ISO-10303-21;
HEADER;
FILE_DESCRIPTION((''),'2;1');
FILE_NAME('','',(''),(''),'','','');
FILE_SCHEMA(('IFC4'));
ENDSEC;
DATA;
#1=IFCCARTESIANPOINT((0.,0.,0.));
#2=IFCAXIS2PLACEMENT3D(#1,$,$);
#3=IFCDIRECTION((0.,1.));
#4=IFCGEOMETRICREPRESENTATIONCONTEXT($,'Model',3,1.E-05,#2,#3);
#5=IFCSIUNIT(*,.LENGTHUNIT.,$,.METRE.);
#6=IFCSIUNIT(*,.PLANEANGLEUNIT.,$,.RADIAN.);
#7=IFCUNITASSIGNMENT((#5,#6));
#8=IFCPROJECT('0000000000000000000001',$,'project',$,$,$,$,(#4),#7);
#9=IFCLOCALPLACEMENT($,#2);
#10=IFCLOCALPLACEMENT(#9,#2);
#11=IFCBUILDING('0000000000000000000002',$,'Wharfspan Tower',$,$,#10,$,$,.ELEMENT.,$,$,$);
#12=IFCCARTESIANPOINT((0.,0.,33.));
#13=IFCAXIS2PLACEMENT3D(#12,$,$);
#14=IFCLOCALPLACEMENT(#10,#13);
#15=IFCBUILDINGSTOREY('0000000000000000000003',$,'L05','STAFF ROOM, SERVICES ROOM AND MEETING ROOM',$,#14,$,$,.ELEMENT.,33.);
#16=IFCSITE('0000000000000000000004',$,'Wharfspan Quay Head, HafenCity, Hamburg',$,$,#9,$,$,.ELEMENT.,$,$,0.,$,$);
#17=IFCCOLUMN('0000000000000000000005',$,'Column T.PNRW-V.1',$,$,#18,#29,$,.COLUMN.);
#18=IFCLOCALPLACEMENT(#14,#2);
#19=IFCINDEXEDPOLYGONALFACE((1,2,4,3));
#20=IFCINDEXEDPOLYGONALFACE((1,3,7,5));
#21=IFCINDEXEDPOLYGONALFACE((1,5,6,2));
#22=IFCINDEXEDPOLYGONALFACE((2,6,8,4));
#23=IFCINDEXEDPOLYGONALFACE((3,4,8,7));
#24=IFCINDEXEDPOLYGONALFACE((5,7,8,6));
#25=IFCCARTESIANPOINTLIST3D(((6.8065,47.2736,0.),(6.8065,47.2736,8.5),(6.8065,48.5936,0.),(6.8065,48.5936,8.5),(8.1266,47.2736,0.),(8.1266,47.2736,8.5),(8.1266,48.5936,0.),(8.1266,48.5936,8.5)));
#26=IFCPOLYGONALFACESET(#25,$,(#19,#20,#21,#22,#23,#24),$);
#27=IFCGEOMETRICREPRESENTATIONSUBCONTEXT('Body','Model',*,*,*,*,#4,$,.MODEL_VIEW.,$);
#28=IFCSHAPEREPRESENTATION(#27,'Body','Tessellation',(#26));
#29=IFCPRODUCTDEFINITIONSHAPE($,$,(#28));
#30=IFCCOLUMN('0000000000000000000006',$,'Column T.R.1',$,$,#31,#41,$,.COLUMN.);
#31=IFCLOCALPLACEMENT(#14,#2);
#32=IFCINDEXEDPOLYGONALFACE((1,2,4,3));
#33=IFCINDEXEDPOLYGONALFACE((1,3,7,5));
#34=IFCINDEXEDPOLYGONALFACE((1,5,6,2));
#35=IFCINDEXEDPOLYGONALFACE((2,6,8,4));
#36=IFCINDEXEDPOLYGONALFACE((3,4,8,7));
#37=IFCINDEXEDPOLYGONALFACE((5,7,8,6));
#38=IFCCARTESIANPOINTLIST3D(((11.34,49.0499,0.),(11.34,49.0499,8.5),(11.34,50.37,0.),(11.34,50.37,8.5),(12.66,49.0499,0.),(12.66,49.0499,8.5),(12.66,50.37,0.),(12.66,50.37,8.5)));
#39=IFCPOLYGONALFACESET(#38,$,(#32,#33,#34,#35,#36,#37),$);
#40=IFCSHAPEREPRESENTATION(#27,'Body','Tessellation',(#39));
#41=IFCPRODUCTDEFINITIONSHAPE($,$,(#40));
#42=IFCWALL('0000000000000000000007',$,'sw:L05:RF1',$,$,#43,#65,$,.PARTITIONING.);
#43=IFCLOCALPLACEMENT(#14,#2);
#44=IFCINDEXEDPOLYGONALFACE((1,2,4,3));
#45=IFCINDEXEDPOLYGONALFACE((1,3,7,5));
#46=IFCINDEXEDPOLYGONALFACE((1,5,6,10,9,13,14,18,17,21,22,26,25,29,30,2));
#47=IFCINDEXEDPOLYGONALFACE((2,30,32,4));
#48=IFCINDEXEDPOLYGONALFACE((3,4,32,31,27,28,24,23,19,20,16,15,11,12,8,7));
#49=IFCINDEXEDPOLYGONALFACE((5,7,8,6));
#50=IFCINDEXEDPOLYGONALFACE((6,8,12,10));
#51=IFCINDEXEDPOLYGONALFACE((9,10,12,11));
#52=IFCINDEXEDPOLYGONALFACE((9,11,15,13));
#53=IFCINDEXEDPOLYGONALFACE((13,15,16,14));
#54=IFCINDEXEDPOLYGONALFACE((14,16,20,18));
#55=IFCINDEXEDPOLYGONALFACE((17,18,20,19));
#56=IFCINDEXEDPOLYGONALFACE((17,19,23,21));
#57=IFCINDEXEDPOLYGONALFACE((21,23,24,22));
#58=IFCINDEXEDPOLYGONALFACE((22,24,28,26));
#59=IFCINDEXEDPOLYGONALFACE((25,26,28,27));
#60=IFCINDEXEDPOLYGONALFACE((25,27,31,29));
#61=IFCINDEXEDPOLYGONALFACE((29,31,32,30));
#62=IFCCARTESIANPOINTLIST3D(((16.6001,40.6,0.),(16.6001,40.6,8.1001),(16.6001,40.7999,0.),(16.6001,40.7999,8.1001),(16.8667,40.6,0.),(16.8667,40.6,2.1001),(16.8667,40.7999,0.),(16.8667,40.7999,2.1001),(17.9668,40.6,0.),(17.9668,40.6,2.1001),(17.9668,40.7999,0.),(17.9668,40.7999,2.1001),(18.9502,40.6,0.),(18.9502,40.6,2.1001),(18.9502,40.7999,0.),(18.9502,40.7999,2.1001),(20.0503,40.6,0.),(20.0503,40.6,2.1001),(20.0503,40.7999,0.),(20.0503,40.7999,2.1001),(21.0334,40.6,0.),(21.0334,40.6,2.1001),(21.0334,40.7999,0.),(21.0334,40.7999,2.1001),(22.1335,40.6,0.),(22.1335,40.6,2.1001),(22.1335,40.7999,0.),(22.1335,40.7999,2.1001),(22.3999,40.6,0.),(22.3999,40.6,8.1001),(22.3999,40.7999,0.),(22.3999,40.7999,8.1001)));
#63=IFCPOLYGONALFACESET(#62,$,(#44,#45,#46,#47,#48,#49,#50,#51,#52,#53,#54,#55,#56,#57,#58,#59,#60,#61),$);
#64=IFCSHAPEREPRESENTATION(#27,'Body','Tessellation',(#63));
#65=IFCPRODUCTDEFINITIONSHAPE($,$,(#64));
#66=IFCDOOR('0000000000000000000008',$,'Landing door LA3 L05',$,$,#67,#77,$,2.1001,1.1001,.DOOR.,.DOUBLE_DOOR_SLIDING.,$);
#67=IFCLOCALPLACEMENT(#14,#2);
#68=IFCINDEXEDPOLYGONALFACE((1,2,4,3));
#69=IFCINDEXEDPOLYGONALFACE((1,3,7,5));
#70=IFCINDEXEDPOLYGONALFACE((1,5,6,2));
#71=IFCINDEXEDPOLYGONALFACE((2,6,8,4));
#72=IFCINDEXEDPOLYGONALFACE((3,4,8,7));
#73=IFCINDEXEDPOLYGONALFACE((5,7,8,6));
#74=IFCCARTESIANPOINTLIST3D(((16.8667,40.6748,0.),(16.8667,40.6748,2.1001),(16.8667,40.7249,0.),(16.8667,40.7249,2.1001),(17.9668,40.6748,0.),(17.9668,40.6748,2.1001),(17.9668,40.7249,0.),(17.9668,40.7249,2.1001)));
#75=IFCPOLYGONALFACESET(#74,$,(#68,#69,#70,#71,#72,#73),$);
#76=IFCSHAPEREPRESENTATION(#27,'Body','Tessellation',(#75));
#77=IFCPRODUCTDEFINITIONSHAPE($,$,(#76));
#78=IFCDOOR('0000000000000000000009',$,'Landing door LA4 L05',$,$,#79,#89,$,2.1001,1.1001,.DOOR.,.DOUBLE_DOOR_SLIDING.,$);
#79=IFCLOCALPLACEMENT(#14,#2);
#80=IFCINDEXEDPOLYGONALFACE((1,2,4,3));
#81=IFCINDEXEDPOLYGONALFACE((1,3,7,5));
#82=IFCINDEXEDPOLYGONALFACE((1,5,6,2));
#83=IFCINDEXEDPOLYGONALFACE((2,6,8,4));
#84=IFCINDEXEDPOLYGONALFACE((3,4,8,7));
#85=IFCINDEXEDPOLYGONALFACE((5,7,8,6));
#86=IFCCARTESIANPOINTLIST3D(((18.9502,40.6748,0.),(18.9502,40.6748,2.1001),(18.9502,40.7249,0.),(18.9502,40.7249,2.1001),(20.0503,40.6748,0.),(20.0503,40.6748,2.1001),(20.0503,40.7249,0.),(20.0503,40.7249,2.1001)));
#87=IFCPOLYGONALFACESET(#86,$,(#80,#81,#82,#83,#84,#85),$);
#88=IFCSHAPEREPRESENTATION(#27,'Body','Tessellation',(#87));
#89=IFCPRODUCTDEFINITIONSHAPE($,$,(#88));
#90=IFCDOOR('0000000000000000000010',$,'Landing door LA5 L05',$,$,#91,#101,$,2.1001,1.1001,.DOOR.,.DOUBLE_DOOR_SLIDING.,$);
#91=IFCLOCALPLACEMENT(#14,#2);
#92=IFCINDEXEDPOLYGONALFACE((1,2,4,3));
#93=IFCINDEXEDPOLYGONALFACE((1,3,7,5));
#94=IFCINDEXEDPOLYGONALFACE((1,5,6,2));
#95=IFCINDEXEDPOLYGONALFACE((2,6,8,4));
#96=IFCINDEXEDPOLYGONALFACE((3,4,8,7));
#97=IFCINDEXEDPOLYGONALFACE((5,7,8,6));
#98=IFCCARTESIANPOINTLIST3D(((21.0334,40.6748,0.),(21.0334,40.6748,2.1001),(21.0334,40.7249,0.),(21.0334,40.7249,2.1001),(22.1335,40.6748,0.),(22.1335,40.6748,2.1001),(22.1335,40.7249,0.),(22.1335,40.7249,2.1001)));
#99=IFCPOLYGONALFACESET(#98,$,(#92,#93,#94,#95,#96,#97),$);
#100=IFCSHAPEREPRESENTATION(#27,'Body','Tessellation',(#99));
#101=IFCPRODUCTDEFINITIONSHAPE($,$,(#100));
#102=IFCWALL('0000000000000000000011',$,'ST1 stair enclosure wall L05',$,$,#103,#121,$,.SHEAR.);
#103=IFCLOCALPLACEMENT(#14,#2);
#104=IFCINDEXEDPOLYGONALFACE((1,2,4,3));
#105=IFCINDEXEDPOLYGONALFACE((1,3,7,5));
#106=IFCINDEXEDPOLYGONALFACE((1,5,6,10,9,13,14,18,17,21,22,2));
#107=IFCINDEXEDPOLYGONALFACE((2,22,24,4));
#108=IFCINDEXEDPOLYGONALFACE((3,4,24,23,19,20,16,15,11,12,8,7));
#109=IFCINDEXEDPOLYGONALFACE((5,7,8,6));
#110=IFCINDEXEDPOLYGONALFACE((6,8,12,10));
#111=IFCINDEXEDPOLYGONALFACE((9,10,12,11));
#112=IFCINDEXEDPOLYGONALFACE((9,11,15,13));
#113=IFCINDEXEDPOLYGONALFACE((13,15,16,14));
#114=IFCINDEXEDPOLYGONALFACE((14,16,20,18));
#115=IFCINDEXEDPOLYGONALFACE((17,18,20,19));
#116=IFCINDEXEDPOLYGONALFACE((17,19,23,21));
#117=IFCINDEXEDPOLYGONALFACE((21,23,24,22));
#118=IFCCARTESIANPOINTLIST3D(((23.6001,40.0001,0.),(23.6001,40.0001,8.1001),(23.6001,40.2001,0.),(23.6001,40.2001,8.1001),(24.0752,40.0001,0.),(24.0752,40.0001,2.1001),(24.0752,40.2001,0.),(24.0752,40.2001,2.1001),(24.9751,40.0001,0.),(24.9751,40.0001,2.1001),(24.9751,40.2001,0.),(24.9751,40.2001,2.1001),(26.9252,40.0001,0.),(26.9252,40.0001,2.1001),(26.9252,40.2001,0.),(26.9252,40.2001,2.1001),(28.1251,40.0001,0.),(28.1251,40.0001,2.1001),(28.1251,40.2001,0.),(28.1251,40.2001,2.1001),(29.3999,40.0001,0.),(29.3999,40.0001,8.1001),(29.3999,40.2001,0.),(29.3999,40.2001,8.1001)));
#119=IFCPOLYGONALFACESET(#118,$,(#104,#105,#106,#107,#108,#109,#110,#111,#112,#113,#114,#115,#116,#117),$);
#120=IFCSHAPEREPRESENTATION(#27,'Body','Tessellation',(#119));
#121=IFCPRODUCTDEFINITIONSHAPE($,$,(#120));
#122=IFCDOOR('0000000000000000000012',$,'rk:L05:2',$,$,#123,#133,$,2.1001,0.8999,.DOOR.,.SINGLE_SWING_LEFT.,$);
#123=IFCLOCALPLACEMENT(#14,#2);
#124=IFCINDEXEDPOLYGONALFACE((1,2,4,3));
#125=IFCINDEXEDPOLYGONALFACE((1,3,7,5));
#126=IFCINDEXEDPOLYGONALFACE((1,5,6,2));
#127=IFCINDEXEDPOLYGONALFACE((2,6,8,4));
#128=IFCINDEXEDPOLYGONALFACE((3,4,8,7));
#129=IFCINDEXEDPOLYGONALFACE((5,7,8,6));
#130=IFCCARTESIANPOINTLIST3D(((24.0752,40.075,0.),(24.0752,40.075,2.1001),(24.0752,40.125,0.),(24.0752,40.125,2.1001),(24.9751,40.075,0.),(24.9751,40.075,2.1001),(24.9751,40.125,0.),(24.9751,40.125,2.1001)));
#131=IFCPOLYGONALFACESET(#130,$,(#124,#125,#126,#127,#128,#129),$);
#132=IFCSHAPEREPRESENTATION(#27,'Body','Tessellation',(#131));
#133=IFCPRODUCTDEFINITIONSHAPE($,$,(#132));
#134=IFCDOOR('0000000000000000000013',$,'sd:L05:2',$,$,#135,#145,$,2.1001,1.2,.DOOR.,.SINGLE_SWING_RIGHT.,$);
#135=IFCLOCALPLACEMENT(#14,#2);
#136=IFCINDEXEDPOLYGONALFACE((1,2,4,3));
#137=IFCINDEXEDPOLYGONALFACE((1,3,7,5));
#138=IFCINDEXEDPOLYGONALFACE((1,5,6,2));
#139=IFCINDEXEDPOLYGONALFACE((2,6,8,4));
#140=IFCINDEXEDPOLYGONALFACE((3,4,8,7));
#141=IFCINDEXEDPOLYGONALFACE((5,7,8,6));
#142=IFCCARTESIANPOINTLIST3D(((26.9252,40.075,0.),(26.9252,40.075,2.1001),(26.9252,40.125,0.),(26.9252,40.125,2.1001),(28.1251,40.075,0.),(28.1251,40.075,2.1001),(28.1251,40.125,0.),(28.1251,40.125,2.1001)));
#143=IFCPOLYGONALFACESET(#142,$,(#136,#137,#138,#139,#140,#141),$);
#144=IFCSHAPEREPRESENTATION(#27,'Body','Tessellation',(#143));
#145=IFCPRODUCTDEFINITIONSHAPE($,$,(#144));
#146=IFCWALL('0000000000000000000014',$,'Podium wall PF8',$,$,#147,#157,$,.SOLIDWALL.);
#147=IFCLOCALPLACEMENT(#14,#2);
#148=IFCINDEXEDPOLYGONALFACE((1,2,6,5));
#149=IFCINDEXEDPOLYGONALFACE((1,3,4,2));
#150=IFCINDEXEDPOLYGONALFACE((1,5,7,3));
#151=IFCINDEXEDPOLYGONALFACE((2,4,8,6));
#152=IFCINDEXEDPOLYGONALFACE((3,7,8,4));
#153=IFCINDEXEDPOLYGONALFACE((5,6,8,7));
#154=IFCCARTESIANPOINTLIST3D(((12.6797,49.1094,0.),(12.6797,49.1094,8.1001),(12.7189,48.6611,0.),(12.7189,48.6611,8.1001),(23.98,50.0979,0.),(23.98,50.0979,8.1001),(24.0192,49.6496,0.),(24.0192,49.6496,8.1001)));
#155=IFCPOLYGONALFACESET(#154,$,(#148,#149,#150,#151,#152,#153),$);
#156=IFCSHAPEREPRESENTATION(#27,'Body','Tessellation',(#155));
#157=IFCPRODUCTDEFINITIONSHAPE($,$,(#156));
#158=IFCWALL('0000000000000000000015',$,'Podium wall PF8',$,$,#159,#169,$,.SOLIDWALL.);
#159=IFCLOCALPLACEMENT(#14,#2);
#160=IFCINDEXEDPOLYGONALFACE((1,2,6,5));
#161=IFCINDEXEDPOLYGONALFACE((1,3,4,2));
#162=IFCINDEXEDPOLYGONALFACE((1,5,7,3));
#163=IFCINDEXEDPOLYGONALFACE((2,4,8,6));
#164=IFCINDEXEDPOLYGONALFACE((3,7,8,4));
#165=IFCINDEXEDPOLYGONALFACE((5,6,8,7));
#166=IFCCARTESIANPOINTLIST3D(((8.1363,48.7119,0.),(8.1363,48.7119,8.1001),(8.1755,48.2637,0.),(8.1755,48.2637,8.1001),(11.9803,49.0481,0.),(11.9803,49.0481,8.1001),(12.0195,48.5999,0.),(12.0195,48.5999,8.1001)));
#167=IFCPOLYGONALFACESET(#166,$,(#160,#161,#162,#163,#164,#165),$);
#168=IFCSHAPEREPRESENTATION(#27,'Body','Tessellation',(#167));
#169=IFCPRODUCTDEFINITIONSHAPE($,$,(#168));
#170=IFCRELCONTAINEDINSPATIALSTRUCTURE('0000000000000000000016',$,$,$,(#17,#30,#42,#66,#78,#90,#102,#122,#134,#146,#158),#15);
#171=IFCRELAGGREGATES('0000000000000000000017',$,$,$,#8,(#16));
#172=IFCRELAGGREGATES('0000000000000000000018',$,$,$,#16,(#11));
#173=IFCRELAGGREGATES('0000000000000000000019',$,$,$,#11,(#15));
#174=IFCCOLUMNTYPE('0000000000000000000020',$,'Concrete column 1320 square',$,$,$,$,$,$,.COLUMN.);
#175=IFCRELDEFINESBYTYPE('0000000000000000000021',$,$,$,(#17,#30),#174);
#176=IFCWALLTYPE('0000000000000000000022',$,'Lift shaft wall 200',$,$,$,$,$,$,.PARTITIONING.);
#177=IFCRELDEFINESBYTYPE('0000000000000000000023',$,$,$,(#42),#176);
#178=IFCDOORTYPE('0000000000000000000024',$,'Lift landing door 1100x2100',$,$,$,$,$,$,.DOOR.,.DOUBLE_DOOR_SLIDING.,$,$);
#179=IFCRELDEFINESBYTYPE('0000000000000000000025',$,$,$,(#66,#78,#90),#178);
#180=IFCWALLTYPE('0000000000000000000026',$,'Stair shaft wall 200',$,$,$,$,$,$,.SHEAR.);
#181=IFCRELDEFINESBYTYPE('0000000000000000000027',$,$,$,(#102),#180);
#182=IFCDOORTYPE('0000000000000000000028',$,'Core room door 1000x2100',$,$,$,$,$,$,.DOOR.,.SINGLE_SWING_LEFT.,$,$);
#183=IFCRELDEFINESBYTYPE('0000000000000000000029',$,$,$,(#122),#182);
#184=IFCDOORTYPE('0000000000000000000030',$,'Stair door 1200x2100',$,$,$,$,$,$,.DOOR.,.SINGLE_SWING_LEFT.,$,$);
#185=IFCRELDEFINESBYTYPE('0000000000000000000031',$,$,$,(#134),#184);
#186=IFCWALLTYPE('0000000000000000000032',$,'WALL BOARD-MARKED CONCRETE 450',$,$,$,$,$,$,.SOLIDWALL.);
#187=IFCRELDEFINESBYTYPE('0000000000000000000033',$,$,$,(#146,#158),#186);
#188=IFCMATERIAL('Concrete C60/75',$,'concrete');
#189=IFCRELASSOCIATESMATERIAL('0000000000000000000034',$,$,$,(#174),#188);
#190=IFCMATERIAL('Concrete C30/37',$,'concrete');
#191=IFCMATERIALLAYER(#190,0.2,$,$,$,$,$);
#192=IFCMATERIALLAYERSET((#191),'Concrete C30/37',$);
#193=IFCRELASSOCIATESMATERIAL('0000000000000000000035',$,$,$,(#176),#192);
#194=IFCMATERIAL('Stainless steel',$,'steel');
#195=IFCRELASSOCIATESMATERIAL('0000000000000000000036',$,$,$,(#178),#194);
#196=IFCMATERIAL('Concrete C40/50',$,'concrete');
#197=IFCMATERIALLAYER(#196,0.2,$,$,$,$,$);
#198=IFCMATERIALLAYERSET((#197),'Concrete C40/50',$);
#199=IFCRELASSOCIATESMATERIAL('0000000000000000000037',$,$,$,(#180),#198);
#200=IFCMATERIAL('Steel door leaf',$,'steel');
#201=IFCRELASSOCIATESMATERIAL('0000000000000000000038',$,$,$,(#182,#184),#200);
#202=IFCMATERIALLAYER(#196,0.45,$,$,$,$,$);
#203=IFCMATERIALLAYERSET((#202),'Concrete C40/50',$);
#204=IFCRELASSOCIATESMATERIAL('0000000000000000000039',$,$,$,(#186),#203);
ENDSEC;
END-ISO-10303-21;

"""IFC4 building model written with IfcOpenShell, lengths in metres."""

from ifc_helpers import new_model, si_unit, direction, frame, frame_2d, origin, origin_2d, place, context, subcontext, project, spatial, rectangle, extrude, material, layer, layer_set, material_profile, profile_set, type_object, element, fill, save


model = new_model("IFC4")

# Units and contexts
model_context = context("Model", 3, precision=1e-05, world=origin(), true_north=direction((0.0, 1.0)))
body_context = subcontext(model_context, "Body", "Model", "MODEL_VIEW")
ifc_project = project(units=[si_unit("LENGTHUNIT", "METRE"), si_unit("PLANEANGLEUNIT", "RADIAN")], contexts=[model_context])

# Site, building, storey
site_placement = place(None, origin())
site = spatial("IfcSite", under=ifc_project, at=site_placement, Name="Wharfspan Quay Head, HafenCity, Hamburg", CompositionType="ELEMENT", RefElevation=0.0)
building_placement = place(site_placement, origin())
building = spatial("IfcBuilding", under=site, at=building_placement, Name="Wharfspan Tower", CompositionType="ELEMENT")
storey_placement = place(building_placement, frame((0.0, 0.0, 33.0)))
storey = spatial("IfcBuildingStorey", under=building, at=storey_placement, Name="L05", Description="STAFF ROOM, SERVICES ROOM AND MEETING ROOM", CompositionType="ELEMENT", Elevation=33.0)

# Columns
ifc_material_1 = material(Name="Concrete C60/75", Category="concrete")
ifc_material_profile = material_profile(ifc_material_1, rectangle(XDim=1.3201, YDim=1.3201, at=origin_2d()))
ifc_profile_set = profile_set([ifc_material_profile], Name="Concrete C60/75")
column_type = type_object("IfcColumnType", Name="Concrete column 1320 square", PredefinedType="COLUMN", material=ifc_profile_set)
for number, where, z_axis, x_axis, name in (
    (1, (7.4666, 47.9336, 0.0), (0.0, 0.0, 1.0), (1.0, 0.0, 0.0), "Column T.PNRW-V.1"),
    (2, (12.0, 49.71, 0.0), (0.0, 0.0, 1.0), (1.0, 0.0, 0.0), "Column T.R.1"),
):
    element("IfcColumn", number, at=place(storey_placement, frame(where, z_axis=z_axis, x_axis=x_axis)), inside=storey, type_object=column_type, Name=name, PredefinedType="COLUMN", context=body_context, shape_type="SweptSolid", body=[
        extrude(rectangle(XDim=1.3201, YDim=1.3201, at=origin_2d()), origin(), (0.0, 0.0, 1.0), 8.5),
    ])

# Walls, openings, doors
ifc_material_2 = material(Name="Concrete C30/37", Category="concrete")
ifc_layer_1 = layer(ifc_material_2, 0.2)
ifc_layer_set_1 = layer_set([ifc_layer_1], Name="Concrete C30/37")
wall_type_1 = type_object("IfcWallType", Name="Lift shaft wall 200", PredefinedType="PARTITIONING", material=ifc_layer_set_1)
wall_1_placement = place(storey_placement, frame((16.6001, 40.7, 0.0), z_axis=(0.0, 0.0, 1.0), x_axis=(1.0, 0.0, 0.0)))
wall_1 = element("IfcWall", 3, at=wall_1_placement, inside=storey, type_object=wall_type_1, Name="sw:L05:RF1", PredefinedType="PARTITIONING", context=body_context, shape_type="SweptSolid", body=[
    extrude(rectangle(XDim=5.7998, YDim=0.2, at=frame_2d((2.8999, 0.0))), origin(), (0.0, 0.0, 1.0), 8.1001),
])
opening_1_placement = place(wall_1_placement, frame((0.2666, 0.0, 0.0)))
opening_1 = element("IfcOpeningElement", 4, at=opening_1_placement, cuts=wall_1, PredefinedType="OPENING", context=body_context, shape_type="SweptSolid", body=[
    extrude(rectangle(XDim=1.1001, YDim=2.1001, at=frame_2d((0.55, 1.05))), frame((0.0, 0.1099, 0.0), z_axis=(0.0, -1.0, 0.0), x_axis=(1.0, 0.0, 0.0)), (0.0, 0.0, 1.0), 0.22),
])
opening_2_placement = place(wall_1_placement, frame((2.3501, 0.0, 0.0)))
opening_2 = element("IfcOpeningElement", 5, at=opening_2_placement, cuts=wall_1, PredefinedType="OPENING", context=body_context, shape_type="SweptSolid", body=[
    extrude(rectangle(XDim=1.1001, YDim=2.1001, at=frame_2d((0.55, 1.05))), frame((0.0, 0.1099, 0.0), z_axis=(0.0, -1.0, 0.0), x_axis=(1.0, 0.0, 0.0)), (0.0, 0.0, 1.0), 0.22),
])
opening_3_placement = place(wall_1_placement, frame((4.4333, 0.0, 0.0)))
opening_3 = element("IfcOpeningElement", 6, at=opening_3_placement, cuts=wall_1, PredefinedType="OPENING", context=body_context, shape_type="SweptSolid", body=[
    extrude(rectangle(XDim=1.1001, YDim=2.1001, at=frame_2d((0.55, 1.05))), frame((0.0, 0.1099, 0.0), z_axis=(0.0, -1.0, 0.0), x_axis=(1.0, 0.0, 0.0)), (0.0, 0.0, 1.0), 0.22),
])
ifc_material_3 = material(Name="Stainless steel", Category="steel")
door_type_1 = type_object("IfcDoorType", Name="Lift landing door 1100x2100", OperationType="DOUBLE_DOOR_SLIDING", PredefinedType="DOOR", material=ifc_material_3)
door_1_placement = place(opening_1_placement, origin())
door_1 = element("IfcDoor", 7, at=door_1_placement, inside=storey, type_object=door_type_1, Name="Landing door LA3 L05", OperationType="DOUBLE_DOOR_SLIDING", OverallHeight=2.1001, OverallWidth=1.1001, PredefinedType="DOOR", context=body_context, shape_type="SweptSolid", body=[
    extrude(rectangle(XDim=1.1001, YDim=2.1001, at=frame_2d((0.55, 1.05))), frame((0.0, 0.0249, 0.0), z_axis=(0.0, -1.0, 0.0), x_axis=(1.0, 0.0, 0.0)), (0.0, 0.0, 1.0), 0.05),
])
fill(opening_1, door_1)
door_2_placement = place(opening_2_placement, origin())
door_2 = element("IfcDoor", 8, at=door_2_placement, inside=storey, type_object=door_type_1, Name="Landing door LA4 L05", OperationType="DOUBLE_DOOR_SLIDING", OverallHeight=2.1001, OverallWidth=1.1001, PredefinedType="DOOR", context=body_context, shape_type="SweptSolid", body=[
    extrude(rectangle(XDim=1.1001, YDim=2.1001, at=frame_2d((0.55, 1.05))), frame((0.0, 0.0249, 0.0), z_axis=(0.0, -1.0, 0.0), x_axis=(1.0, 0.0, 0.0)), (0.0, 0.0, 1.0), 0.05),
])
fill(opening_2, door_2)
door_3_placement = place(opening_3_placement, origin())
door_3 = element("IfcDoor", 9, at=door_3_placement, inside=storey, type_object=door_type_1, Name="Landing door LA5 L05", OperationType="DOUBLE_DOOR_SLIDING", OverallHeight=2.1001, OverallWidth=1.1001, PredefinedType="DOOR", context=body_context, shape_type="SweptSolid", body=[
    extrude(rectangle(XDim=1.1001, YDim=2.1001, at=frame_2d((0.55, 1.05))), frame((0.0, 0.0249, 0.0), z_axis=(0.0, -1.0, 0.0), x_axis=(1.0, 0.0, 0.0)), (0.0, 0.0, 1.0), 0.05),
])
fill(opening_3, door_3)
ifc_material_4 = material(Name="Concrete C40/50", Category="concrete")
ifc_layer_2 = layer(ifc_material_4, 0.2)
ifc_layer_set_2 = layer_set([ifc_layer_2], Name="Concrete C40/50")
wall_type_2 = type_object("IfcWallType", Name="Stair shaft wall 200", PredefinedType="SHEAR", material=ifc_layer_set_2)
wall_2_placement = place(storey_placement, frame((23.6001, 40.1001, 0.0), z_axis=(0.0, 0.0, 1.0), x_axis=(1.0, 0.0, 0.0)))
wall_2 = element("IfcWall", 10, at=wall_2_placement, inside=storey, type_object=wall_type_2, Name="ST1 stair enclosure wall L05", PredefinedType="SHEAR", context=body_context, shape_type="SweptSolid", body=[
    extrude(rectangle(XDim=5.7998, YDim=0.2, at=frame_2d((2.8999, 0.0))), origin(), (0.0, 0.0, 1.0), 8.1001),
])
opening_4_placement = place(wall_2_placement, frame((3.325, 0.0, 0.0)))
opening_4 = element("IfcOpeningElement", 11, at=opening_4_placement, cuts=wall_2, PredefinedType="OPENING", context=body_context, shape_type="SweptSolid", body=[
    extrude(rectangle(XDim=1.2, YDim=2.1001, at=frame_2d((0.6001, 1.05))), frame((0.0, 0.1099, 0.0), z_axis=(0.0, -1.0, 0.0), x_axis=(1.0, 0.0, 0.0)), (0.0, 0.0, 1.0), 0.22),
])
opening_5_placement = place(wall_2_placement, frame((0.4751, 0.0, 0.0)))
opening_5 = element("IfcOpeningElement", 12, at=opening_5_placement, cuts=wall_2, PredefinedType="OPENING", context=body_context, shape_type="SweptSolid", body=[
    extrude(rectangle(XDim=0.8999, YDim=2.1001, at=frame_2d((0.45, 1.05))), frame((0.0, 0.1099, 0.0), z_axis=(0.0, -1.0, 0.0), x_axis=(1.0, 0.0, 0.0)), (0.0, 0.0, 1.0), 0.22),
])
ifc_material_5 = material(Name="Steel door leaf", Category="steel")
door_type_2 = type_object("IfcDoorType", Name="Core room door 1000x2100", OperationType="SINGLE_SWING_LEFT", PredefinedType="DOOR", material=ifc_material_5)
door_4_placement = place(opening_5_placement, origin())
door_4 = element("IfcDoor", 13, at=door_4_placement, inside=storey, type_object=door_type_2, Name="rk:L05:2", OperationType="SINGLE_SWING_LEFT", OverallHeight=2.1001, OverallWidth=0.8999, PredefinedType="DOOR", context=body_context, shape_type="SweptSolid", body=[
    extrude(rectangle(XDim=0.8999, YDim=2.1001, at=frame_2d((0.45, 1.05))), frame((0.0, 0.0249, 0.0), z_axis=(0.0, -1.0, 0.0), x_axis=(1.0, 0.0, 0.0)), (0.0, 0.0, 1.0), 0.05),
])
fill(opening_5, door_4)
door_type_3 = type_object("IfcDoorType", Name="Stair door 1200x2100", OperationType="SINGLE_SWING_LEFT", PredefinedType="DOOR", material=ifc_material_5)
door_5_placement = place(opening_4_placement, origin())
door_5 = element("IfcDoor", 14, at=door_5_placement, inside=storey, type_object=door_type_3, Name="sd:L05:2", OperationType="SINGLE_SWING_RIGHT", OverallHeight=2.1001, OverallWidth=1.2, PredefinedType="DOOR", context=body_context, shape_type="SweptSolid", body=[
    extrude(rectangle(XDim=1.2, YDim=2.1001, at=frame_2d((0.6001, 1.05))), frame((0.0, 0.0249, 0.0), z_axis=(0.0, -1.0, 0.0), x_axis=(1.0, 0.0, 0.0)), (0.0, 0.0, 1.0), 0.05),
])
fill(opening_4, door_5)

# Walls
ifc_layer_3 = layer(ifc_material_4, 0.45)
ifc_layer_set_3 = layer_set([ifc_layer_3], Name="Concrete C40/50")
wall_type_3 = type_object("IfcWallType", Name="WALL BOARD-MARKED CONCRETE 450", PredefinedType="SOLIDWALL", material=ifc_layer_set_3)
wall_3_placement = place(storey_placement, frame((23.9998, 49.8738, 0.0), z_axis=(0.0, 0.0, 1.0), x_axis=(-0.996195, -0.087145, 0.0)))
element("IfcWall", 15, at=wall_3_placement, inside=storey, type_object=wall_type_3, Name="Podium wall PF8", PredefinedType="SOLIDWALL", context=body_context, shape_type="SweptSolid", body=[
    extrude(rectangle(XDim=11.3435, YDim=0.45, at=frame_2d((5.6719, 0.0))), origin(), (0.0, 0.0, 1.0), 8.1001),
])
wall_4_placement = place(storey_placement, frame((11.9998, 48.824, 0.0), z_axis=(0.0, 0.0, 1.0), x_axis=(-0.9962, -0.087124, 0.0)))
element("IfcWall", 16, at=wall_4_placement, inside=storey, type_object=wall_type_3, Name="Podium wall PF8", PredefinedType="SOLIDWALL", context=body_context, shape_type="SweptSolid", body=[
    extrude(rectangle(XDim=3.8586, YDim=0.45, at=frame_2d((1.9292, 0.0))), origin(), (0.0, 0.0, 1.0), 8.1001),
])

save(model, "model.ifc")
